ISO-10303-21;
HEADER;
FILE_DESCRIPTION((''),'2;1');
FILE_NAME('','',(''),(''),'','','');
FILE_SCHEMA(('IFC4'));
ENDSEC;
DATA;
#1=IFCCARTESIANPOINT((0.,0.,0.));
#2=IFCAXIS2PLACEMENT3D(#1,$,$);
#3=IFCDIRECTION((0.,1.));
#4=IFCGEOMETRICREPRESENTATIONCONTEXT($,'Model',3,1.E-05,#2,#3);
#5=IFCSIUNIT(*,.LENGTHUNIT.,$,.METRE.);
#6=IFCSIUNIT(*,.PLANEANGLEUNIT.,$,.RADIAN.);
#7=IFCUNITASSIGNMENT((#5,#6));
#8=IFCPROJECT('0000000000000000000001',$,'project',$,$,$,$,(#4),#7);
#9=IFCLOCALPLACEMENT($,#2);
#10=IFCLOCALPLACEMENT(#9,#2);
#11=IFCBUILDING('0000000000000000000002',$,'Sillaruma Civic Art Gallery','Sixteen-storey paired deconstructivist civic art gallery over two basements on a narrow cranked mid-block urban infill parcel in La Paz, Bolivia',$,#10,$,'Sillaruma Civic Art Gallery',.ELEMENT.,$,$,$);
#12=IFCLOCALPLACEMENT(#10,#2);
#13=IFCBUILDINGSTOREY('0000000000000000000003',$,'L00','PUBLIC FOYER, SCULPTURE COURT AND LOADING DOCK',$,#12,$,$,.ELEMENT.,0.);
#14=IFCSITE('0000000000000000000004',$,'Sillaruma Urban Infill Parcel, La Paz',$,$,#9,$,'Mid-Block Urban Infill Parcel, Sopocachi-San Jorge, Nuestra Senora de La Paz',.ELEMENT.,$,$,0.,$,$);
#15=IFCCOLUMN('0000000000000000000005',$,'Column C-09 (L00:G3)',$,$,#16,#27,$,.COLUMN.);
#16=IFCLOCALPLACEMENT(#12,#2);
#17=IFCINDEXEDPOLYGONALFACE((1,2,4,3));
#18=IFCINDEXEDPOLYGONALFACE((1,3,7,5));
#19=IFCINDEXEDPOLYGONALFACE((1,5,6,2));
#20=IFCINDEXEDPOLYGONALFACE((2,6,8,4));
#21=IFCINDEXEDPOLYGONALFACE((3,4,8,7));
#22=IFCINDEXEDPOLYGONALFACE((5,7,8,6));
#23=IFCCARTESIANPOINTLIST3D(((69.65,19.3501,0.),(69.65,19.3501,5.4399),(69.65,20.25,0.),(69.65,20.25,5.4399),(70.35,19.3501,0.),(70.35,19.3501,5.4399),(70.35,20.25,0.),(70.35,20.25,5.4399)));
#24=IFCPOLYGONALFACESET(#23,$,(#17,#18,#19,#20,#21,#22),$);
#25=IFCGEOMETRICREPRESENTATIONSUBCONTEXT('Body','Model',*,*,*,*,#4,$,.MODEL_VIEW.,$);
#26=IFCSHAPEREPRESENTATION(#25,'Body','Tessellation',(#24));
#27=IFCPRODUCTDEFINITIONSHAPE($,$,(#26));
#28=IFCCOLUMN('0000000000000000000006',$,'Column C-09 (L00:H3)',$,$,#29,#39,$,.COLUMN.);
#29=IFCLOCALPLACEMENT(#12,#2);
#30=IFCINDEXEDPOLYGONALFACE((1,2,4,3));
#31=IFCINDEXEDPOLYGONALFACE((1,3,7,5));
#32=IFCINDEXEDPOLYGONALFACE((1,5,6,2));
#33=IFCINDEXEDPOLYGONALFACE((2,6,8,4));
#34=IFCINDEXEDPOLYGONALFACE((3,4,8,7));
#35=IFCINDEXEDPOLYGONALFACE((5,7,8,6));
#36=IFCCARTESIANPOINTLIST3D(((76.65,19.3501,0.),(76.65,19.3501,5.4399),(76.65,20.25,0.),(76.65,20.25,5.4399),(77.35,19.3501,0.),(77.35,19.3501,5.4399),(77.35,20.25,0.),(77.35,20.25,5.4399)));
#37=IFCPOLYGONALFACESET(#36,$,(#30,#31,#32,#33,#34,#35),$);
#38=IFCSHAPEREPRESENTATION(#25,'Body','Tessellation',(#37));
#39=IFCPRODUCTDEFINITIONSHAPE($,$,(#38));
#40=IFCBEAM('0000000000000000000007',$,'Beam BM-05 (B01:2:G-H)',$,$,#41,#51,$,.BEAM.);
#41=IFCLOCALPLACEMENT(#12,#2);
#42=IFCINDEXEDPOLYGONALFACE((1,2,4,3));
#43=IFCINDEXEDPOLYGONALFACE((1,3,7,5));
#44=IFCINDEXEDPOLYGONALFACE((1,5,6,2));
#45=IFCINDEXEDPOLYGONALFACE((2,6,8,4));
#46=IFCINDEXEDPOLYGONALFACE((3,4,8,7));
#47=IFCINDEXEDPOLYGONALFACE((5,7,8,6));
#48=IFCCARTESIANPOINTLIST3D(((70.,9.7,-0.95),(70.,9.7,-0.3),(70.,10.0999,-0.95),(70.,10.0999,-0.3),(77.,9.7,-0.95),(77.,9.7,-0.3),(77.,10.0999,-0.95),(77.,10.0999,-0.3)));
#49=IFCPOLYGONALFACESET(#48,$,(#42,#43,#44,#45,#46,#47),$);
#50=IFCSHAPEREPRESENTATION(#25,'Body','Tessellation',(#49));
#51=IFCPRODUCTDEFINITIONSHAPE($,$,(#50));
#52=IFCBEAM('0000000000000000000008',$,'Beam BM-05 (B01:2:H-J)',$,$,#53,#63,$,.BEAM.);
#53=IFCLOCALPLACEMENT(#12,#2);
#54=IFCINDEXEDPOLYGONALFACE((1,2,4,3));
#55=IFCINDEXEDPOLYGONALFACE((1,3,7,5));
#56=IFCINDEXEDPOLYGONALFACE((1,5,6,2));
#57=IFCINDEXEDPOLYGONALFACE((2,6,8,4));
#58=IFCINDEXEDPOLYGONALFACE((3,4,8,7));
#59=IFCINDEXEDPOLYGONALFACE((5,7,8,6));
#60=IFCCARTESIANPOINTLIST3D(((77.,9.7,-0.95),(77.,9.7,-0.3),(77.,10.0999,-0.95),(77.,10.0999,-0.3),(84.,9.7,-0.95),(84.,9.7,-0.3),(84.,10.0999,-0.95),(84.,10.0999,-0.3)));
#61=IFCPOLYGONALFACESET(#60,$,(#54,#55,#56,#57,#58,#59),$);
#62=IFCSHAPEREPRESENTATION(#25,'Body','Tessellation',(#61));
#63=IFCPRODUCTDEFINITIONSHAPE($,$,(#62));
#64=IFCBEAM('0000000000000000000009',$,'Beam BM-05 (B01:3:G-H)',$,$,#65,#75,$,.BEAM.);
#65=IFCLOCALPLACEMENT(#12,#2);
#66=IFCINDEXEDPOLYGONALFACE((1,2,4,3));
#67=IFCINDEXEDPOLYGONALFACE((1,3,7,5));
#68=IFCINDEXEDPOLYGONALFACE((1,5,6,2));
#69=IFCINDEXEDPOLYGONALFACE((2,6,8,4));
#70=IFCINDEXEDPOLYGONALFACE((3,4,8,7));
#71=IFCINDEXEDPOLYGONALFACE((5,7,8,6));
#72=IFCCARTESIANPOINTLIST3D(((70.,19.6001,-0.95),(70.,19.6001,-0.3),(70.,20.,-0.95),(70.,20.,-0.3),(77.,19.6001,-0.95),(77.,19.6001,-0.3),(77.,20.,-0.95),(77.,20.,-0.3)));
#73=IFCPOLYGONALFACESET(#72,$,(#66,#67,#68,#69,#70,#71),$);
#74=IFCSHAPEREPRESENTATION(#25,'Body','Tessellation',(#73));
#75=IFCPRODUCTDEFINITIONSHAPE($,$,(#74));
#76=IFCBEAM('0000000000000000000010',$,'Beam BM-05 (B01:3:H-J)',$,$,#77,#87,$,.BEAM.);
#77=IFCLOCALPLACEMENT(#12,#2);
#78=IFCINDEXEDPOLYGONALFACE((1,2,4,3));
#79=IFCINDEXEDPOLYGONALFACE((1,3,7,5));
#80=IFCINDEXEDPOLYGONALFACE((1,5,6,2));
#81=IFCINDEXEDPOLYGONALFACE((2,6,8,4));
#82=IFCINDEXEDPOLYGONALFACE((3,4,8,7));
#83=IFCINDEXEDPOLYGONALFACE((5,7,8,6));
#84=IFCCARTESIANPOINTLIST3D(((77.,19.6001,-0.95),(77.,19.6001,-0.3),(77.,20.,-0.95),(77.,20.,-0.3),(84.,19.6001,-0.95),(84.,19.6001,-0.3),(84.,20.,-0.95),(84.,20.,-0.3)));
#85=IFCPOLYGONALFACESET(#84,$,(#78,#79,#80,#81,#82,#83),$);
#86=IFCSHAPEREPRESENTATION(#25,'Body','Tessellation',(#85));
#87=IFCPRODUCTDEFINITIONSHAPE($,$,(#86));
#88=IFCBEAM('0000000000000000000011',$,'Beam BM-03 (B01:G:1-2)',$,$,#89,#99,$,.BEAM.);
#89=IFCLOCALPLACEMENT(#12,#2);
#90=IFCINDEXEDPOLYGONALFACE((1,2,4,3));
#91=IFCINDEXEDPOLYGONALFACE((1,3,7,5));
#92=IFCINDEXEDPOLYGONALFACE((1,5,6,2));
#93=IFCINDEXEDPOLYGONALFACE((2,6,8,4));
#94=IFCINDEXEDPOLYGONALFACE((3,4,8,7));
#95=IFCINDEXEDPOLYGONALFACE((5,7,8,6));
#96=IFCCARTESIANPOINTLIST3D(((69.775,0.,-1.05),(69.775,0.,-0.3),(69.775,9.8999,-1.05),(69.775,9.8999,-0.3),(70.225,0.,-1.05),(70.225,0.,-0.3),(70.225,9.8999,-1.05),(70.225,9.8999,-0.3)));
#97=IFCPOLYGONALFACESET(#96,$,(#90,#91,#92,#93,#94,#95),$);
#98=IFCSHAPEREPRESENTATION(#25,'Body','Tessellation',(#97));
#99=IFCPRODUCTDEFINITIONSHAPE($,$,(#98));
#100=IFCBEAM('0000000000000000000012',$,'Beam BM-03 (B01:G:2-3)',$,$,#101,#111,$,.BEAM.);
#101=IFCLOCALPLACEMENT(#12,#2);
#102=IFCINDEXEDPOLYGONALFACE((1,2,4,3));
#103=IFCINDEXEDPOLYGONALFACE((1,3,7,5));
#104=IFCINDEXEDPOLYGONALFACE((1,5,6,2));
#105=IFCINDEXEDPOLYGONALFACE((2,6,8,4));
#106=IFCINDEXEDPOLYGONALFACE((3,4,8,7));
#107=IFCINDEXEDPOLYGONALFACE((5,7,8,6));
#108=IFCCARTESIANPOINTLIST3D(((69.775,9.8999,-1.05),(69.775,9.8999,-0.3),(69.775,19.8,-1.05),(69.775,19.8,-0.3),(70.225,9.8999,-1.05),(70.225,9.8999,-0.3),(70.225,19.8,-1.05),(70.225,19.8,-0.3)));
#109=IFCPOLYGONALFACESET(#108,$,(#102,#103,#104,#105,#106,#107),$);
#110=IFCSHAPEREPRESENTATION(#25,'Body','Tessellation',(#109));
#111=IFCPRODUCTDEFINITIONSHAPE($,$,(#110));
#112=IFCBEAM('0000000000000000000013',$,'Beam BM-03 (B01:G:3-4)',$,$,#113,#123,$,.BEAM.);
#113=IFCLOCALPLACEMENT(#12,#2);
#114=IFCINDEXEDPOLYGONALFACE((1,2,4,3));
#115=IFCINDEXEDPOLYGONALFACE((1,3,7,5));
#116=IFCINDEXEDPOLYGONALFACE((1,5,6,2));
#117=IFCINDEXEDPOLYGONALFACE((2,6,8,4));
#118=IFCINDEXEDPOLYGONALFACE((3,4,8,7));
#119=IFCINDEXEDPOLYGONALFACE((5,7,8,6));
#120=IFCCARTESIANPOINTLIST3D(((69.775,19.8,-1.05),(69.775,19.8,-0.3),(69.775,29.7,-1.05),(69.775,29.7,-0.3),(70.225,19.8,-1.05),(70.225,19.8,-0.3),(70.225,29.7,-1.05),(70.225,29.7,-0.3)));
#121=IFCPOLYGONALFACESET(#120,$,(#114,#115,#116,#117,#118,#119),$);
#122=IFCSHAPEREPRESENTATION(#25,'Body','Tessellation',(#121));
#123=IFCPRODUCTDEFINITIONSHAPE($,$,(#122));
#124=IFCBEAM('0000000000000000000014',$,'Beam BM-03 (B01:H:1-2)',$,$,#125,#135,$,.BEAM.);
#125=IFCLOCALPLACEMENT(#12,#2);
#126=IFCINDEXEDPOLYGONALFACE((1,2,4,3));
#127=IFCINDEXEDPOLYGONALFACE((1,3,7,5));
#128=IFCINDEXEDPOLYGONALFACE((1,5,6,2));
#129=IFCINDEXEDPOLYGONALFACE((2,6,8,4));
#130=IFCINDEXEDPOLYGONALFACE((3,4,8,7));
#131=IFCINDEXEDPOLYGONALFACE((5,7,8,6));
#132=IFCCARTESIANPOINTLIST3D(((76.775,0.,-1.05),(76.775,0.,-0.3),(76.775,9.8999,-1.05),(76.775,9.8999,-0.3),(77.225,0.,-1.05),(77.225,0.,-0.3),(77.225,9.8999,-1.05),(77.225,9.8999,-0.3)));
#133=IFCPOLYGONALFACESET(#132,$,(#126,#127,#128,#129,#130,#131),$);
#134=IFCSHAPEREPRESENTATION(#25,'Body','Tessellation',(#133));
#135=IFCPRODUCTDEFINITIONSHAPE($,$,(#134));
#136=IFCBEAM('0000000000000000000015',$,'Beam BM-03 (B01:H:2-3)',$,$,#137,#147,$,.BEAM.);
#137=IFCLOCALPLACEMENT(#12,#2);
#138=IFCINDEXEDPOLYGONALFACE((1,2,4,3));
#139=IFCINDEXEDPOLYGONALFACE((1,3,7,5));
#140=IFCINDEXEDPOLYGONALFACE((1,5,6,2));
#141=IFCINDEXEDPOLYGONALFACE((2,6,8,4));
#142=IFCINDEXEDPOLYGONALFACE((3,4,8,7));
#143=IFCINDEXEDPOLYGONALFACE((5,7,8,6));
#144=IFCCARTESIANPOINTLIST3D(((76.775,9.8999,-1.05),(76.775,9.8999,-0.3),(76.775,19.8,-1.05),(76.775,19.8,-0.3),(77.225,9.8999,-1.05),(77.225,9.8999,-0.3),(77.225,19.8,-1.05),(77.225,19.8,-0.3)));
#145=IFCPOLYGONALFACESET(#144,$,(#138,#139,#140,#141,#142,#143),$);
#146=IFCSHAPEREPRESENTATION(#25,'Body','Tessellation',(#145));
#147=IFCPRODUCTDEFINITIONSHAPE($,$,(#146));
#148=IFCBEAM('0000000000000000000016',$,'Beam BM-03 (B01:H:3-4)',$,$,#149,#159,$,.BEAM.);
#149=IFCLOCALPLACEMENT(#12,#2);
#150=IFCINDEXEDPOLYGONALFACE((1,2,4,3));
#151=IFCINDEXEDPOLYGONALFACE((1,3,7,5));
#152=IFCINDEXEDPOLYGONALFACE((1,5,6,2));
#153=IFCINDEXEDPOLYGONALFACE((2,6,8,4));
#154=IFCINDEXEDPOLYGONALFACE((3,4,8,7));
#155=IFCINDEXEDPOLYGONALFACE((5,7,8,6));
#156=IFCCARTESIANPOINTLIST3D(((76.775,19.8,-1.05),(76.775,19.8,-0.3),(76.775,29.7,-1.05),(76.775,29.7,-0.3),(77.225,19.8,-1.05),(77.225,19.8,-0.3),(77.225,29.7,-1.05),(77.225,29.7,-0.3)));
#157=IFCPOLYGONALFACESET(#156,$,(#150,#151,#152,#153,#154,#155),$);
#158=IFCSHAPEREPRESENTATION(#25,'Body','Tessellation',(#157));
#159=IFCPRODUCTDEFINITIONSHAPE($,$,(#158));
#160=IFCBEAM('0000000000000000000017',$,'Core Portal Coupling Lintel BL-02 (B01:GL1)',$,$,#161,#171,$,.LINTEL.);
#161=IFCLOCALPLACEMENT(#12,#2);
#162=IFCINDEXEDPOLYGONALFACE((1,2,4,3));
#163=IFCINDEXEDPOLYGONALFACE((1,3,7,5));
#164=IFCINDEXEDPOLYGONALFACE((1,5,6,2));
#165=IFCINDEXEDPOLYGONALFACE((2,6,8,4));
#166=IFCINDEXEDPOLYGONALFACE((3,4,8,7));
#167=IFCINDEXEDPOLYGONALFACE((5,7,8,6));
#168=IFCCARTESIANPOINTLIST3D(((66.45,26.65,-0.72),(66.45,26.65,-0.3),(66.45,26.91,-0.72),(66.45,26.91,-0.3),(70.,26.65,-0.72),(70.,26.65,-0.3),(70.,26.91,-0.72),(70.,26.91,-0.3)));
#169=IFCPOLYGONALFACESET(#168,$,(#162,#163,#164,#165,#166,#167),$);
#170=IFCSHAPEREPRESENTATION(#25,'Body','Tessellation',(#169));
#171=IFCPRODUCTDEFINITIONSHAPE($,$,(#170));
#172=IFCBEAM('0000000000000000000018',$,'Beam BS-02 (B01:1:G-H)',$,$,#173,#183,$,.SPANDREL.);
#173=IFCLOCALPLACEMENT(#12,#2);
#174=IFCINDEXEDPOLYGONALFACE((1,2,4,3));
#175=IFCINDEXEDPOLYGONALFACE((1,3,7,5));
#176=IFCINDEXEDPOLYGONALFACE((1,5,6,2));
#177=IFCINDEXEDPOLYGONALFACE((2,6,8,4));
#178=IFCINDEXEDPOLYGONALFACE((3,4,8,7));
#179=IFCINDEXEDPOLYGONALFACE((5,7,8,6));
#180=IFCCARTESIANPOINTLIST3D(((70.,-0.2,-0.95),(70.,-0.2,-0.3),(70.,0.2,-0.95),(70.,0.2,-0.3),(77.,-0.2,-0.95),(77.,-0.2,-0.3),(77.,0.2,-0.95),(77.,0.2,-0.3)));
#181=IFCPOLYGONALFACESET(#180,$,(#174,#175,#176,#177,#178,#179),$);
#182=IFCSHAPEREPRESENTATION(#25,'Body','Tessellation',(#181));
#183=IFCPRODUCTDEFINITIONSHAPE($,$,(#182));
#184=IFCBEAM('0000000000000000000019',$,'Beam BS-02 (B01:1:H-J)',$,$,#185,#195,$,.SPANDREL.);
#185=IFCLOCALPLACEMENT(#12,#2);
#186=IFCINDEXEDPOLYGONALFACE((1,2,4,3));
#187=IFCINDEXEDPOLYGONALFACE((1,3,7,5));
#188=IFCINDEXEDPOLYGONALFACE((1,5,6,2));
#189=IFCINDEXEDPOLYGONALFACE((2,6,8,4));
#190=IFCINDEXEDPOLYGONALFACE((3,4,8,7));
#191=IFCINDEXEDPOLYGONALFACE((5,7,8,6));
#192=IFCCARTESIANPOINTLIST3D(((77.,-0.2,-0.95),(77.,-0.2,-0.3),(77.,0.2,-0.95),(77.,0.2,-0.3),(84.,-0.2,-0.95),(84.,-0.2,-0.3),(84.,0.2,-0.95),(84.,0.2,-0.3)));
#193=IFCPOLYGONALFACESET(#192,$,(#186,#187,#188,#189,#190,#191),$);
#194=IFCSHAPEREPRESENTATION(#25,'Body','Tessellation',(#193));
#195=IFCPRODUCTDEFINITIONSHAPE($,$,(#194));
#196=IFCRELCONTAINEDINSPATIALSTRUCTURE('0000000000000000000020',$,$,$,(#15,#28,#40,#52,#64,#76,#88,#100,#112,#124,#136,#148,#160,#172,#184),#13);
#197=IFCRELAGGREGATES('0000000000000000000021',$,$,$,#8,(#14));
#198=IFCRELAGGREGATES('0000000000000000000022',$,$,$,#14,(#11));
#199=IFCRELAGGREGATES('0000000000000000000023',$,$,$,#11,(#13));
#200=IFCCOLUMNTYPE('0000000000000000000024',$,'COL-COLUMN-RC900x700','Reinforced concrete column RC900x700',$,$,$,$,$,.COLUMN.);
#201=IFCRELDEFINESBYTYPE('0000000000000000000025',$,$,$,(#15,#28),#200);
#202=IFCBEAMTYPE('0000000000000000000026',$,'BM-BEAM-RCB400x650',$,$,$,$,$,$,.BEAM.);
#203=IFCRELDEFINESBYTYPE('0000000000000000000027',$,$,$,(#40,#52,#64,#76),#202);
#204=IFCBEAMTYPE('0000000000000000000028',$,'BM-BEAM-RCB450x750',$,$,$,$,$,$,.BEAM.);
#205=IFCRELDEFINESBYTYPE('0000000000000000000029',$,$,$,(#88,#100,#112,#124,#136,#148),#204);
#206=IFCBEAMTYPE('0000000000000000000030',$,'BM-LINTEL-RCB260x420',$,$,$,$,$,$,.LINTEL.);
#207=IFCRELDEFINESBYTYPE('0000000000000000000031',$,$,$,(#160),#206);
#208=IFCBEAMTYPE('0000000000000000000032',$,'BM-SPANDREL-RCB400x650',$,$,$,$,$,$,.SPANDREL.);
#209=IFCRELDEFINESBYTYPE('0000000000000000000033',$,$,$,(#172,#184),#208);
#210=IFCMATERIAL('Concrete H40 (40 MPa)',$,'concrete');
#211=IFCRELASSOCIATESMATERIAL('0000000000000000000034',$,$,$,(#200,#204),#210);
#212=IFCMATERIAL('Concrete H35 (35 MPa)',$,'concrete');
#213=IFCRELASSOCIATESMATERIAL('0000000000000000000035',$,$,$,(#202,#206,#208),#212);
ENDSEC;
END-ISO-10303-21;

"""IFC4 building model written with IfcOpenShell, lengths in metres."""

from ifc_helpers import new_model, si_unit, direction, frame, origin, origin_2d, place, context, subcontext, project, spatial, rectangle, extrude, material, material_profile, profile_set, type_object, element, save


model = new_model("IFC4")

# Units and contexts
model_context = context("Model", 3, precision=1e-05, world=origin(), true_north=direction((0.0, 1.0)))
body_context = subcontext(model_context, "Body", "Model", "MODEL_VIEW")
ifc_project = project(units=[si_unit("LENGTHUNIT", "METRE"), si_unit("PLANEANGLEUNIT", "RADIAN")], contexts=[model_context])

# Site, building, storey
site_placement = place(None, origin())
site = spatial("IfcSite", under=ifc_project, at=site_placement, Name="Sillaruma Urban Infill Parcel, La Paz", LongName="Mid-Block Urban Infill Parcel, Sopocachi-San Jorge, Nuestra Senora de La Paz", CompositionType="ELEMENT", RefElevation=0.0)
building_placement = place(site_placement, origin())
building = spatial("IfcBuilding", under=site, at=building_placement, Name="Sillaruma Civic Art Gallery", Description="Sixteen-storey paired deconstructivist civic art gallery over two basements on a narrow cranked mid-block urban infill parcel in La Paz, Bolivia", LongName="Sillaruma Civic Art Gallery", CompositionType="ELEMENT")
storey_placement = place(building_placement, origin())
storey = spatial("IfcBuildingStorey", under=building, at=storey_placement, Name="L00", Description="PUBLIC FOYER, SCULPTURE COURT AND LOADING DOCK", CompositionType="ELEMENT", Elevation=0.0)

# Columns
ifc_material_1 = material(Name="Concrete H40 (40 MPa)", Category="concrete")
ifc_material_profile_1 = material_profile(ifc_material_1, rectangle(XDim=0.7, YDim=0.8999, at=origin_2d()), Name="RC900x700")
ifc_profile_set_1 = profile_set([ifc_material_profile_1], Name="Concrete H40 (40 MPa)")
column_type = type_object("IfcColumnType", Name="COL-COLUMN-RC900x700", Description="Reinforced concrete column RC900x700", PredefinedType="COLUMN", material=ifc_profile_set_1)
for number, where, z_axis, x_axis, name in (
    (1, (70.0, 19.8, 0.0), (0.0, 0.0, 1.0), (1.0, 0.0, 0.0), "Column C-09 (L00:G3)"),
    (2, (77.0, 19.8, 0.0), (0.0, 0.0, 1.0), (1.0, 0.0, 0.0), "Column C-09 (L00:H3)"),
):
    element("IfcColumn", number, at=place(storey_placement, frame(where, z_axis=z_axis, x_axis=x_axis)), inside=storey, type_object=column_type, Name=name, PredefinedType="COLUMN", context=body_context, shape_type="SweptSolid", body=[
        extrude(rectangle(XDim=0.7, YDim=0.8999, at=origin_2d()), origin(), (0.0, 0.0, 1.0), 5.4399),
    ])

# Beams
ifc_material_2 = material(Name="Concrete H35 (35 MPa)", Category="concrete")
ifc_material_profile_2 = material_profile(ifc_material_2, rectangle(XDim=0.3999, YDim=0.6499, at=origin_2d()), Name="RCB400x650")
ifc_profile_set_2 = profile_set([ifc_material_profile_2], Name="Concrete H35 (35 MPa)")
beam_type_1 = type_object("IfcBeamType", Name="BM-BEAM-RCB400x650", PredefinedType="BEAM", material=ifc_profile_set_2)
for number, where, z_axis, x_axis, name in (
    (3, (70.0, 9.8999, -0.625), (1.0, 0.0, 0.0), (0.0, 1.0, 0.0), "Beam BM-05 (B01:2:G-H)"),
    (4, (77.0, 9.8999, -0.625), (1.0, 0.0, 0.0), (0.0, 1.0, 0.0), "Beam BM-05 (B01:2:H-J)"),
    (5, (70.0, 19.8, -0.625), (1.0, 0.0, 0.0), (0.0, 1.0, 0.0), "Beam BM-05 (B01:3:G-H)"),
    (6, (77.0, 19.8, -0.625), (1.0, 0.0, 0.0), (0.0, 1.0, 0.0), "Beam BM-05 (B01:3:H-J)"),
):
    element("IfcBeam", number, at=place(storey_placement, frame(where, z_axis=z_axis, x_axis=x_axis)), inside=storey, type_object=beam_type_1, Name=name, PredefinedType="BEAM", context=body_context, shape_type="SweptSolid", body=[
        extrude(rectangle(XDim=0.3999, YDim=0.6499, at=origin_2d()), origin(), (0.0, 0.0, 1.0), 7.0),
    ])
ifc_material_profile_3 = material_profile(ifc_material_1, rectangle(XDim=0.45, YDim=0.75, at=origin_2d()), Name="RCB450x750")
ifc_profile_set_3 = profile_set([ifc_material_profile_3], Name="Concrete H40 (40 MPa)")
beam_type_2 = type_object("IfcBeamType", Name="BM-BEAM-RCB450x750", PredefinedType="BEAM", material=ifc_profile_set_3)
beam_1_placement = place(storey_placement, frame((70.0, 0.0, -0.675), z_axis=(0.0, 1.0, 0.0), x_axis=(-1.0, 0.0, 0.0)))
element("IfcBeam", 7, at=beam_1_placement, inside=storey, type_object=beam_type_2, Name="Beam BM-03 (B01:G:1-2)", PredefinedType="BEAM", context=body_context, shape_type="SweptSolid", body=[
    extrude(rectangle(XDim=0.45, YDim=0.75, at=origin_2d()), origin(), (0.0, 0.0, 1.0), 9.8999),
])
beam_2_placement = place(storey_placement, frame((70.0, 9.8999, -0.675), z_axis=(0.0, 1.0, 0.0), x_axis=(-1.0, 0.0, 0.0)))
element("IfcBeam", 8, at=beam_2_placement, inside=storey, type_object=beam_type_2, Name="Beam BM-03 (B01:G:2-3)", PredefinedType="BEAM", context=body_context, shape_type="SweptSolid", body=[
    extrude(rectangle(XDim=0.45, YDim=0.75, at=origin_2d()), origin(), (0.0, 0.0, 1.0), 9.9001),
])
for number, where, z_axis, x_axis, name in (
    (9, (70.0, 19.8, -0.675), (0.0, 1.0, 0.0), (-1.0, 0.0, 0.0), "Beam BM-03 (B01:G:3-4)"),
    (10, (77.0, 0.0, -0.675), (0.0, 1.0, 0.0), (-1.0, 0.0, 0.0), "Beam BM-03 (B01:H:1-2)"),
):
    element("IfcBeam", number, at=place(storey_placement, frame(where, z_axis=z_axis, x_axis=x_axis)), inside=storey, type_object=beam_type_2, Name=name, PredefinedType="BEAM", context=body_context, shape_type="SweptSolid", body=[
        extrude(rectangle(XDim=0.45, YDim=0.75, at=origin_2d()), origin(), (0.0, 0.0, 1.0), 9.8999),
    ])
beam_3_placement = place(storey_placement, frame((77.0, 9.8999, -0.675), z_axis=(0.0, 1.0, 0.0), x_axis=(-1.0, 0.0, 0.0)))
element("IfcBeam", 11, at=beam_3_placement, inside=storey, type_object=beam_type_2, Name="Beam BM-03 (B01:H:2-3)", PredefinedType="BEAM", context=body_context, shape_type="SweptSolid", body=[
    extrude(rectangle(XDim=0.45, YDim=0.75, at=origin_2d()), origin(), (0.0, 0.0, 1.0), 9.9001),
])
beam_4_placement = place(storey_placement, frame((77.0, 19.8, -0.675), z_axis=(0.0, 1.0, 0.0), x_axis=(-1.0, 0.0, 0.0)))
element("IfcBeam", 12, at=beam_4_placement, inside=storey, type_object=beam_type_2, Name="Beam BM-03 (B01:H:3-4)", PredefinedType="BEAM", context=body_context, shape_type="SweptSolid", body=[
    extrude(rectangle(XDim=0.45, YDim=0.75, at=origin_2d()), origin(), (0.0, 0.0, 1.0), 9.8999),
])
ifc_material_profile_4 = material_profile(ifc_material_2, rectangle(XDim=0.26, YDim=0.4199, at=origin_2d()), Name="RCB260x420")
ifc_profile_set_4 = profile_set([ifc_material_profile_4], Name="Concrete H35 (35 MPa)")
beam_type_3 = type_object("IfcBeamType", Name="BM-LINTEL-RCB260x420", PredefinedType="LINTEL", material=ifc_profile_set_4)
beam_5_placement = place(storey_placement, frame((66.45, 26.78, -0.51), z_axis=(1.0, 0.0, 0.0), x_axis=(0.0, 1.0, 0.0)))
element("IfcBeam", 13, at=beam_5_placement, inside=storey, type_object=beam_type_3, Name="Core Portal Coupling Lintel BL-02 (B01:GL1)", PredefinedType="LINTEL", context=body_context, shape_type="SweptSolid", body=[
    extrude(rectangle(XDim=0.26, YDim=0.4199, at=origin_2d()), origin(), (0.0, 0.0, 1.0), 3.55),
])
ifc_material_profile_5 = material_profile(ifc_material_2, rectangle(XDim=0.3999, YDim=0.6499, at=origin_2d()), Name="RCB400x650")
ifc_profile_set_5 = profile_set([ifc_material_profile_5], Name="Concrete H35 (35 MPa)")
beam_type_4 = type_object("IfcBeamType", Name="BM-SPANDREL-RCB400x650", PredefinedType="SPANDREL", material=ifc_profile_set_5)
for number, where, z_axis, x_axis, name in (
    (14, (70.0, 0.0, -0.625), (1.0, 0.0, 0.0), (0.0, 1.0, 0.0), "Beam BS-02 (B01:1:G-H)"),
    (15, (77.0, 0.0, -0.625), (1.0, 0.0, 0.0), (0.0, 1.0, 0.0), "Beam BS-02 (B01:1:H-J)"),
):
    element("IfcBeam", number, at=place(storey_placement, frame(where, z_axis=z_axis, x_axis=x_axis)), inside=storey, type_object=beam_type_4, Name=name, PredefinedType="SPANDREL", context=body_context, shape_type="SweptSolid", body=[
        extrude(rectangle(XDim=0.3999, YDim=0.6499, at=origin_2d()), origin(), (0.0, 0.0, 1.0), 7.0),
    ])

save(model, "model.ifc")
